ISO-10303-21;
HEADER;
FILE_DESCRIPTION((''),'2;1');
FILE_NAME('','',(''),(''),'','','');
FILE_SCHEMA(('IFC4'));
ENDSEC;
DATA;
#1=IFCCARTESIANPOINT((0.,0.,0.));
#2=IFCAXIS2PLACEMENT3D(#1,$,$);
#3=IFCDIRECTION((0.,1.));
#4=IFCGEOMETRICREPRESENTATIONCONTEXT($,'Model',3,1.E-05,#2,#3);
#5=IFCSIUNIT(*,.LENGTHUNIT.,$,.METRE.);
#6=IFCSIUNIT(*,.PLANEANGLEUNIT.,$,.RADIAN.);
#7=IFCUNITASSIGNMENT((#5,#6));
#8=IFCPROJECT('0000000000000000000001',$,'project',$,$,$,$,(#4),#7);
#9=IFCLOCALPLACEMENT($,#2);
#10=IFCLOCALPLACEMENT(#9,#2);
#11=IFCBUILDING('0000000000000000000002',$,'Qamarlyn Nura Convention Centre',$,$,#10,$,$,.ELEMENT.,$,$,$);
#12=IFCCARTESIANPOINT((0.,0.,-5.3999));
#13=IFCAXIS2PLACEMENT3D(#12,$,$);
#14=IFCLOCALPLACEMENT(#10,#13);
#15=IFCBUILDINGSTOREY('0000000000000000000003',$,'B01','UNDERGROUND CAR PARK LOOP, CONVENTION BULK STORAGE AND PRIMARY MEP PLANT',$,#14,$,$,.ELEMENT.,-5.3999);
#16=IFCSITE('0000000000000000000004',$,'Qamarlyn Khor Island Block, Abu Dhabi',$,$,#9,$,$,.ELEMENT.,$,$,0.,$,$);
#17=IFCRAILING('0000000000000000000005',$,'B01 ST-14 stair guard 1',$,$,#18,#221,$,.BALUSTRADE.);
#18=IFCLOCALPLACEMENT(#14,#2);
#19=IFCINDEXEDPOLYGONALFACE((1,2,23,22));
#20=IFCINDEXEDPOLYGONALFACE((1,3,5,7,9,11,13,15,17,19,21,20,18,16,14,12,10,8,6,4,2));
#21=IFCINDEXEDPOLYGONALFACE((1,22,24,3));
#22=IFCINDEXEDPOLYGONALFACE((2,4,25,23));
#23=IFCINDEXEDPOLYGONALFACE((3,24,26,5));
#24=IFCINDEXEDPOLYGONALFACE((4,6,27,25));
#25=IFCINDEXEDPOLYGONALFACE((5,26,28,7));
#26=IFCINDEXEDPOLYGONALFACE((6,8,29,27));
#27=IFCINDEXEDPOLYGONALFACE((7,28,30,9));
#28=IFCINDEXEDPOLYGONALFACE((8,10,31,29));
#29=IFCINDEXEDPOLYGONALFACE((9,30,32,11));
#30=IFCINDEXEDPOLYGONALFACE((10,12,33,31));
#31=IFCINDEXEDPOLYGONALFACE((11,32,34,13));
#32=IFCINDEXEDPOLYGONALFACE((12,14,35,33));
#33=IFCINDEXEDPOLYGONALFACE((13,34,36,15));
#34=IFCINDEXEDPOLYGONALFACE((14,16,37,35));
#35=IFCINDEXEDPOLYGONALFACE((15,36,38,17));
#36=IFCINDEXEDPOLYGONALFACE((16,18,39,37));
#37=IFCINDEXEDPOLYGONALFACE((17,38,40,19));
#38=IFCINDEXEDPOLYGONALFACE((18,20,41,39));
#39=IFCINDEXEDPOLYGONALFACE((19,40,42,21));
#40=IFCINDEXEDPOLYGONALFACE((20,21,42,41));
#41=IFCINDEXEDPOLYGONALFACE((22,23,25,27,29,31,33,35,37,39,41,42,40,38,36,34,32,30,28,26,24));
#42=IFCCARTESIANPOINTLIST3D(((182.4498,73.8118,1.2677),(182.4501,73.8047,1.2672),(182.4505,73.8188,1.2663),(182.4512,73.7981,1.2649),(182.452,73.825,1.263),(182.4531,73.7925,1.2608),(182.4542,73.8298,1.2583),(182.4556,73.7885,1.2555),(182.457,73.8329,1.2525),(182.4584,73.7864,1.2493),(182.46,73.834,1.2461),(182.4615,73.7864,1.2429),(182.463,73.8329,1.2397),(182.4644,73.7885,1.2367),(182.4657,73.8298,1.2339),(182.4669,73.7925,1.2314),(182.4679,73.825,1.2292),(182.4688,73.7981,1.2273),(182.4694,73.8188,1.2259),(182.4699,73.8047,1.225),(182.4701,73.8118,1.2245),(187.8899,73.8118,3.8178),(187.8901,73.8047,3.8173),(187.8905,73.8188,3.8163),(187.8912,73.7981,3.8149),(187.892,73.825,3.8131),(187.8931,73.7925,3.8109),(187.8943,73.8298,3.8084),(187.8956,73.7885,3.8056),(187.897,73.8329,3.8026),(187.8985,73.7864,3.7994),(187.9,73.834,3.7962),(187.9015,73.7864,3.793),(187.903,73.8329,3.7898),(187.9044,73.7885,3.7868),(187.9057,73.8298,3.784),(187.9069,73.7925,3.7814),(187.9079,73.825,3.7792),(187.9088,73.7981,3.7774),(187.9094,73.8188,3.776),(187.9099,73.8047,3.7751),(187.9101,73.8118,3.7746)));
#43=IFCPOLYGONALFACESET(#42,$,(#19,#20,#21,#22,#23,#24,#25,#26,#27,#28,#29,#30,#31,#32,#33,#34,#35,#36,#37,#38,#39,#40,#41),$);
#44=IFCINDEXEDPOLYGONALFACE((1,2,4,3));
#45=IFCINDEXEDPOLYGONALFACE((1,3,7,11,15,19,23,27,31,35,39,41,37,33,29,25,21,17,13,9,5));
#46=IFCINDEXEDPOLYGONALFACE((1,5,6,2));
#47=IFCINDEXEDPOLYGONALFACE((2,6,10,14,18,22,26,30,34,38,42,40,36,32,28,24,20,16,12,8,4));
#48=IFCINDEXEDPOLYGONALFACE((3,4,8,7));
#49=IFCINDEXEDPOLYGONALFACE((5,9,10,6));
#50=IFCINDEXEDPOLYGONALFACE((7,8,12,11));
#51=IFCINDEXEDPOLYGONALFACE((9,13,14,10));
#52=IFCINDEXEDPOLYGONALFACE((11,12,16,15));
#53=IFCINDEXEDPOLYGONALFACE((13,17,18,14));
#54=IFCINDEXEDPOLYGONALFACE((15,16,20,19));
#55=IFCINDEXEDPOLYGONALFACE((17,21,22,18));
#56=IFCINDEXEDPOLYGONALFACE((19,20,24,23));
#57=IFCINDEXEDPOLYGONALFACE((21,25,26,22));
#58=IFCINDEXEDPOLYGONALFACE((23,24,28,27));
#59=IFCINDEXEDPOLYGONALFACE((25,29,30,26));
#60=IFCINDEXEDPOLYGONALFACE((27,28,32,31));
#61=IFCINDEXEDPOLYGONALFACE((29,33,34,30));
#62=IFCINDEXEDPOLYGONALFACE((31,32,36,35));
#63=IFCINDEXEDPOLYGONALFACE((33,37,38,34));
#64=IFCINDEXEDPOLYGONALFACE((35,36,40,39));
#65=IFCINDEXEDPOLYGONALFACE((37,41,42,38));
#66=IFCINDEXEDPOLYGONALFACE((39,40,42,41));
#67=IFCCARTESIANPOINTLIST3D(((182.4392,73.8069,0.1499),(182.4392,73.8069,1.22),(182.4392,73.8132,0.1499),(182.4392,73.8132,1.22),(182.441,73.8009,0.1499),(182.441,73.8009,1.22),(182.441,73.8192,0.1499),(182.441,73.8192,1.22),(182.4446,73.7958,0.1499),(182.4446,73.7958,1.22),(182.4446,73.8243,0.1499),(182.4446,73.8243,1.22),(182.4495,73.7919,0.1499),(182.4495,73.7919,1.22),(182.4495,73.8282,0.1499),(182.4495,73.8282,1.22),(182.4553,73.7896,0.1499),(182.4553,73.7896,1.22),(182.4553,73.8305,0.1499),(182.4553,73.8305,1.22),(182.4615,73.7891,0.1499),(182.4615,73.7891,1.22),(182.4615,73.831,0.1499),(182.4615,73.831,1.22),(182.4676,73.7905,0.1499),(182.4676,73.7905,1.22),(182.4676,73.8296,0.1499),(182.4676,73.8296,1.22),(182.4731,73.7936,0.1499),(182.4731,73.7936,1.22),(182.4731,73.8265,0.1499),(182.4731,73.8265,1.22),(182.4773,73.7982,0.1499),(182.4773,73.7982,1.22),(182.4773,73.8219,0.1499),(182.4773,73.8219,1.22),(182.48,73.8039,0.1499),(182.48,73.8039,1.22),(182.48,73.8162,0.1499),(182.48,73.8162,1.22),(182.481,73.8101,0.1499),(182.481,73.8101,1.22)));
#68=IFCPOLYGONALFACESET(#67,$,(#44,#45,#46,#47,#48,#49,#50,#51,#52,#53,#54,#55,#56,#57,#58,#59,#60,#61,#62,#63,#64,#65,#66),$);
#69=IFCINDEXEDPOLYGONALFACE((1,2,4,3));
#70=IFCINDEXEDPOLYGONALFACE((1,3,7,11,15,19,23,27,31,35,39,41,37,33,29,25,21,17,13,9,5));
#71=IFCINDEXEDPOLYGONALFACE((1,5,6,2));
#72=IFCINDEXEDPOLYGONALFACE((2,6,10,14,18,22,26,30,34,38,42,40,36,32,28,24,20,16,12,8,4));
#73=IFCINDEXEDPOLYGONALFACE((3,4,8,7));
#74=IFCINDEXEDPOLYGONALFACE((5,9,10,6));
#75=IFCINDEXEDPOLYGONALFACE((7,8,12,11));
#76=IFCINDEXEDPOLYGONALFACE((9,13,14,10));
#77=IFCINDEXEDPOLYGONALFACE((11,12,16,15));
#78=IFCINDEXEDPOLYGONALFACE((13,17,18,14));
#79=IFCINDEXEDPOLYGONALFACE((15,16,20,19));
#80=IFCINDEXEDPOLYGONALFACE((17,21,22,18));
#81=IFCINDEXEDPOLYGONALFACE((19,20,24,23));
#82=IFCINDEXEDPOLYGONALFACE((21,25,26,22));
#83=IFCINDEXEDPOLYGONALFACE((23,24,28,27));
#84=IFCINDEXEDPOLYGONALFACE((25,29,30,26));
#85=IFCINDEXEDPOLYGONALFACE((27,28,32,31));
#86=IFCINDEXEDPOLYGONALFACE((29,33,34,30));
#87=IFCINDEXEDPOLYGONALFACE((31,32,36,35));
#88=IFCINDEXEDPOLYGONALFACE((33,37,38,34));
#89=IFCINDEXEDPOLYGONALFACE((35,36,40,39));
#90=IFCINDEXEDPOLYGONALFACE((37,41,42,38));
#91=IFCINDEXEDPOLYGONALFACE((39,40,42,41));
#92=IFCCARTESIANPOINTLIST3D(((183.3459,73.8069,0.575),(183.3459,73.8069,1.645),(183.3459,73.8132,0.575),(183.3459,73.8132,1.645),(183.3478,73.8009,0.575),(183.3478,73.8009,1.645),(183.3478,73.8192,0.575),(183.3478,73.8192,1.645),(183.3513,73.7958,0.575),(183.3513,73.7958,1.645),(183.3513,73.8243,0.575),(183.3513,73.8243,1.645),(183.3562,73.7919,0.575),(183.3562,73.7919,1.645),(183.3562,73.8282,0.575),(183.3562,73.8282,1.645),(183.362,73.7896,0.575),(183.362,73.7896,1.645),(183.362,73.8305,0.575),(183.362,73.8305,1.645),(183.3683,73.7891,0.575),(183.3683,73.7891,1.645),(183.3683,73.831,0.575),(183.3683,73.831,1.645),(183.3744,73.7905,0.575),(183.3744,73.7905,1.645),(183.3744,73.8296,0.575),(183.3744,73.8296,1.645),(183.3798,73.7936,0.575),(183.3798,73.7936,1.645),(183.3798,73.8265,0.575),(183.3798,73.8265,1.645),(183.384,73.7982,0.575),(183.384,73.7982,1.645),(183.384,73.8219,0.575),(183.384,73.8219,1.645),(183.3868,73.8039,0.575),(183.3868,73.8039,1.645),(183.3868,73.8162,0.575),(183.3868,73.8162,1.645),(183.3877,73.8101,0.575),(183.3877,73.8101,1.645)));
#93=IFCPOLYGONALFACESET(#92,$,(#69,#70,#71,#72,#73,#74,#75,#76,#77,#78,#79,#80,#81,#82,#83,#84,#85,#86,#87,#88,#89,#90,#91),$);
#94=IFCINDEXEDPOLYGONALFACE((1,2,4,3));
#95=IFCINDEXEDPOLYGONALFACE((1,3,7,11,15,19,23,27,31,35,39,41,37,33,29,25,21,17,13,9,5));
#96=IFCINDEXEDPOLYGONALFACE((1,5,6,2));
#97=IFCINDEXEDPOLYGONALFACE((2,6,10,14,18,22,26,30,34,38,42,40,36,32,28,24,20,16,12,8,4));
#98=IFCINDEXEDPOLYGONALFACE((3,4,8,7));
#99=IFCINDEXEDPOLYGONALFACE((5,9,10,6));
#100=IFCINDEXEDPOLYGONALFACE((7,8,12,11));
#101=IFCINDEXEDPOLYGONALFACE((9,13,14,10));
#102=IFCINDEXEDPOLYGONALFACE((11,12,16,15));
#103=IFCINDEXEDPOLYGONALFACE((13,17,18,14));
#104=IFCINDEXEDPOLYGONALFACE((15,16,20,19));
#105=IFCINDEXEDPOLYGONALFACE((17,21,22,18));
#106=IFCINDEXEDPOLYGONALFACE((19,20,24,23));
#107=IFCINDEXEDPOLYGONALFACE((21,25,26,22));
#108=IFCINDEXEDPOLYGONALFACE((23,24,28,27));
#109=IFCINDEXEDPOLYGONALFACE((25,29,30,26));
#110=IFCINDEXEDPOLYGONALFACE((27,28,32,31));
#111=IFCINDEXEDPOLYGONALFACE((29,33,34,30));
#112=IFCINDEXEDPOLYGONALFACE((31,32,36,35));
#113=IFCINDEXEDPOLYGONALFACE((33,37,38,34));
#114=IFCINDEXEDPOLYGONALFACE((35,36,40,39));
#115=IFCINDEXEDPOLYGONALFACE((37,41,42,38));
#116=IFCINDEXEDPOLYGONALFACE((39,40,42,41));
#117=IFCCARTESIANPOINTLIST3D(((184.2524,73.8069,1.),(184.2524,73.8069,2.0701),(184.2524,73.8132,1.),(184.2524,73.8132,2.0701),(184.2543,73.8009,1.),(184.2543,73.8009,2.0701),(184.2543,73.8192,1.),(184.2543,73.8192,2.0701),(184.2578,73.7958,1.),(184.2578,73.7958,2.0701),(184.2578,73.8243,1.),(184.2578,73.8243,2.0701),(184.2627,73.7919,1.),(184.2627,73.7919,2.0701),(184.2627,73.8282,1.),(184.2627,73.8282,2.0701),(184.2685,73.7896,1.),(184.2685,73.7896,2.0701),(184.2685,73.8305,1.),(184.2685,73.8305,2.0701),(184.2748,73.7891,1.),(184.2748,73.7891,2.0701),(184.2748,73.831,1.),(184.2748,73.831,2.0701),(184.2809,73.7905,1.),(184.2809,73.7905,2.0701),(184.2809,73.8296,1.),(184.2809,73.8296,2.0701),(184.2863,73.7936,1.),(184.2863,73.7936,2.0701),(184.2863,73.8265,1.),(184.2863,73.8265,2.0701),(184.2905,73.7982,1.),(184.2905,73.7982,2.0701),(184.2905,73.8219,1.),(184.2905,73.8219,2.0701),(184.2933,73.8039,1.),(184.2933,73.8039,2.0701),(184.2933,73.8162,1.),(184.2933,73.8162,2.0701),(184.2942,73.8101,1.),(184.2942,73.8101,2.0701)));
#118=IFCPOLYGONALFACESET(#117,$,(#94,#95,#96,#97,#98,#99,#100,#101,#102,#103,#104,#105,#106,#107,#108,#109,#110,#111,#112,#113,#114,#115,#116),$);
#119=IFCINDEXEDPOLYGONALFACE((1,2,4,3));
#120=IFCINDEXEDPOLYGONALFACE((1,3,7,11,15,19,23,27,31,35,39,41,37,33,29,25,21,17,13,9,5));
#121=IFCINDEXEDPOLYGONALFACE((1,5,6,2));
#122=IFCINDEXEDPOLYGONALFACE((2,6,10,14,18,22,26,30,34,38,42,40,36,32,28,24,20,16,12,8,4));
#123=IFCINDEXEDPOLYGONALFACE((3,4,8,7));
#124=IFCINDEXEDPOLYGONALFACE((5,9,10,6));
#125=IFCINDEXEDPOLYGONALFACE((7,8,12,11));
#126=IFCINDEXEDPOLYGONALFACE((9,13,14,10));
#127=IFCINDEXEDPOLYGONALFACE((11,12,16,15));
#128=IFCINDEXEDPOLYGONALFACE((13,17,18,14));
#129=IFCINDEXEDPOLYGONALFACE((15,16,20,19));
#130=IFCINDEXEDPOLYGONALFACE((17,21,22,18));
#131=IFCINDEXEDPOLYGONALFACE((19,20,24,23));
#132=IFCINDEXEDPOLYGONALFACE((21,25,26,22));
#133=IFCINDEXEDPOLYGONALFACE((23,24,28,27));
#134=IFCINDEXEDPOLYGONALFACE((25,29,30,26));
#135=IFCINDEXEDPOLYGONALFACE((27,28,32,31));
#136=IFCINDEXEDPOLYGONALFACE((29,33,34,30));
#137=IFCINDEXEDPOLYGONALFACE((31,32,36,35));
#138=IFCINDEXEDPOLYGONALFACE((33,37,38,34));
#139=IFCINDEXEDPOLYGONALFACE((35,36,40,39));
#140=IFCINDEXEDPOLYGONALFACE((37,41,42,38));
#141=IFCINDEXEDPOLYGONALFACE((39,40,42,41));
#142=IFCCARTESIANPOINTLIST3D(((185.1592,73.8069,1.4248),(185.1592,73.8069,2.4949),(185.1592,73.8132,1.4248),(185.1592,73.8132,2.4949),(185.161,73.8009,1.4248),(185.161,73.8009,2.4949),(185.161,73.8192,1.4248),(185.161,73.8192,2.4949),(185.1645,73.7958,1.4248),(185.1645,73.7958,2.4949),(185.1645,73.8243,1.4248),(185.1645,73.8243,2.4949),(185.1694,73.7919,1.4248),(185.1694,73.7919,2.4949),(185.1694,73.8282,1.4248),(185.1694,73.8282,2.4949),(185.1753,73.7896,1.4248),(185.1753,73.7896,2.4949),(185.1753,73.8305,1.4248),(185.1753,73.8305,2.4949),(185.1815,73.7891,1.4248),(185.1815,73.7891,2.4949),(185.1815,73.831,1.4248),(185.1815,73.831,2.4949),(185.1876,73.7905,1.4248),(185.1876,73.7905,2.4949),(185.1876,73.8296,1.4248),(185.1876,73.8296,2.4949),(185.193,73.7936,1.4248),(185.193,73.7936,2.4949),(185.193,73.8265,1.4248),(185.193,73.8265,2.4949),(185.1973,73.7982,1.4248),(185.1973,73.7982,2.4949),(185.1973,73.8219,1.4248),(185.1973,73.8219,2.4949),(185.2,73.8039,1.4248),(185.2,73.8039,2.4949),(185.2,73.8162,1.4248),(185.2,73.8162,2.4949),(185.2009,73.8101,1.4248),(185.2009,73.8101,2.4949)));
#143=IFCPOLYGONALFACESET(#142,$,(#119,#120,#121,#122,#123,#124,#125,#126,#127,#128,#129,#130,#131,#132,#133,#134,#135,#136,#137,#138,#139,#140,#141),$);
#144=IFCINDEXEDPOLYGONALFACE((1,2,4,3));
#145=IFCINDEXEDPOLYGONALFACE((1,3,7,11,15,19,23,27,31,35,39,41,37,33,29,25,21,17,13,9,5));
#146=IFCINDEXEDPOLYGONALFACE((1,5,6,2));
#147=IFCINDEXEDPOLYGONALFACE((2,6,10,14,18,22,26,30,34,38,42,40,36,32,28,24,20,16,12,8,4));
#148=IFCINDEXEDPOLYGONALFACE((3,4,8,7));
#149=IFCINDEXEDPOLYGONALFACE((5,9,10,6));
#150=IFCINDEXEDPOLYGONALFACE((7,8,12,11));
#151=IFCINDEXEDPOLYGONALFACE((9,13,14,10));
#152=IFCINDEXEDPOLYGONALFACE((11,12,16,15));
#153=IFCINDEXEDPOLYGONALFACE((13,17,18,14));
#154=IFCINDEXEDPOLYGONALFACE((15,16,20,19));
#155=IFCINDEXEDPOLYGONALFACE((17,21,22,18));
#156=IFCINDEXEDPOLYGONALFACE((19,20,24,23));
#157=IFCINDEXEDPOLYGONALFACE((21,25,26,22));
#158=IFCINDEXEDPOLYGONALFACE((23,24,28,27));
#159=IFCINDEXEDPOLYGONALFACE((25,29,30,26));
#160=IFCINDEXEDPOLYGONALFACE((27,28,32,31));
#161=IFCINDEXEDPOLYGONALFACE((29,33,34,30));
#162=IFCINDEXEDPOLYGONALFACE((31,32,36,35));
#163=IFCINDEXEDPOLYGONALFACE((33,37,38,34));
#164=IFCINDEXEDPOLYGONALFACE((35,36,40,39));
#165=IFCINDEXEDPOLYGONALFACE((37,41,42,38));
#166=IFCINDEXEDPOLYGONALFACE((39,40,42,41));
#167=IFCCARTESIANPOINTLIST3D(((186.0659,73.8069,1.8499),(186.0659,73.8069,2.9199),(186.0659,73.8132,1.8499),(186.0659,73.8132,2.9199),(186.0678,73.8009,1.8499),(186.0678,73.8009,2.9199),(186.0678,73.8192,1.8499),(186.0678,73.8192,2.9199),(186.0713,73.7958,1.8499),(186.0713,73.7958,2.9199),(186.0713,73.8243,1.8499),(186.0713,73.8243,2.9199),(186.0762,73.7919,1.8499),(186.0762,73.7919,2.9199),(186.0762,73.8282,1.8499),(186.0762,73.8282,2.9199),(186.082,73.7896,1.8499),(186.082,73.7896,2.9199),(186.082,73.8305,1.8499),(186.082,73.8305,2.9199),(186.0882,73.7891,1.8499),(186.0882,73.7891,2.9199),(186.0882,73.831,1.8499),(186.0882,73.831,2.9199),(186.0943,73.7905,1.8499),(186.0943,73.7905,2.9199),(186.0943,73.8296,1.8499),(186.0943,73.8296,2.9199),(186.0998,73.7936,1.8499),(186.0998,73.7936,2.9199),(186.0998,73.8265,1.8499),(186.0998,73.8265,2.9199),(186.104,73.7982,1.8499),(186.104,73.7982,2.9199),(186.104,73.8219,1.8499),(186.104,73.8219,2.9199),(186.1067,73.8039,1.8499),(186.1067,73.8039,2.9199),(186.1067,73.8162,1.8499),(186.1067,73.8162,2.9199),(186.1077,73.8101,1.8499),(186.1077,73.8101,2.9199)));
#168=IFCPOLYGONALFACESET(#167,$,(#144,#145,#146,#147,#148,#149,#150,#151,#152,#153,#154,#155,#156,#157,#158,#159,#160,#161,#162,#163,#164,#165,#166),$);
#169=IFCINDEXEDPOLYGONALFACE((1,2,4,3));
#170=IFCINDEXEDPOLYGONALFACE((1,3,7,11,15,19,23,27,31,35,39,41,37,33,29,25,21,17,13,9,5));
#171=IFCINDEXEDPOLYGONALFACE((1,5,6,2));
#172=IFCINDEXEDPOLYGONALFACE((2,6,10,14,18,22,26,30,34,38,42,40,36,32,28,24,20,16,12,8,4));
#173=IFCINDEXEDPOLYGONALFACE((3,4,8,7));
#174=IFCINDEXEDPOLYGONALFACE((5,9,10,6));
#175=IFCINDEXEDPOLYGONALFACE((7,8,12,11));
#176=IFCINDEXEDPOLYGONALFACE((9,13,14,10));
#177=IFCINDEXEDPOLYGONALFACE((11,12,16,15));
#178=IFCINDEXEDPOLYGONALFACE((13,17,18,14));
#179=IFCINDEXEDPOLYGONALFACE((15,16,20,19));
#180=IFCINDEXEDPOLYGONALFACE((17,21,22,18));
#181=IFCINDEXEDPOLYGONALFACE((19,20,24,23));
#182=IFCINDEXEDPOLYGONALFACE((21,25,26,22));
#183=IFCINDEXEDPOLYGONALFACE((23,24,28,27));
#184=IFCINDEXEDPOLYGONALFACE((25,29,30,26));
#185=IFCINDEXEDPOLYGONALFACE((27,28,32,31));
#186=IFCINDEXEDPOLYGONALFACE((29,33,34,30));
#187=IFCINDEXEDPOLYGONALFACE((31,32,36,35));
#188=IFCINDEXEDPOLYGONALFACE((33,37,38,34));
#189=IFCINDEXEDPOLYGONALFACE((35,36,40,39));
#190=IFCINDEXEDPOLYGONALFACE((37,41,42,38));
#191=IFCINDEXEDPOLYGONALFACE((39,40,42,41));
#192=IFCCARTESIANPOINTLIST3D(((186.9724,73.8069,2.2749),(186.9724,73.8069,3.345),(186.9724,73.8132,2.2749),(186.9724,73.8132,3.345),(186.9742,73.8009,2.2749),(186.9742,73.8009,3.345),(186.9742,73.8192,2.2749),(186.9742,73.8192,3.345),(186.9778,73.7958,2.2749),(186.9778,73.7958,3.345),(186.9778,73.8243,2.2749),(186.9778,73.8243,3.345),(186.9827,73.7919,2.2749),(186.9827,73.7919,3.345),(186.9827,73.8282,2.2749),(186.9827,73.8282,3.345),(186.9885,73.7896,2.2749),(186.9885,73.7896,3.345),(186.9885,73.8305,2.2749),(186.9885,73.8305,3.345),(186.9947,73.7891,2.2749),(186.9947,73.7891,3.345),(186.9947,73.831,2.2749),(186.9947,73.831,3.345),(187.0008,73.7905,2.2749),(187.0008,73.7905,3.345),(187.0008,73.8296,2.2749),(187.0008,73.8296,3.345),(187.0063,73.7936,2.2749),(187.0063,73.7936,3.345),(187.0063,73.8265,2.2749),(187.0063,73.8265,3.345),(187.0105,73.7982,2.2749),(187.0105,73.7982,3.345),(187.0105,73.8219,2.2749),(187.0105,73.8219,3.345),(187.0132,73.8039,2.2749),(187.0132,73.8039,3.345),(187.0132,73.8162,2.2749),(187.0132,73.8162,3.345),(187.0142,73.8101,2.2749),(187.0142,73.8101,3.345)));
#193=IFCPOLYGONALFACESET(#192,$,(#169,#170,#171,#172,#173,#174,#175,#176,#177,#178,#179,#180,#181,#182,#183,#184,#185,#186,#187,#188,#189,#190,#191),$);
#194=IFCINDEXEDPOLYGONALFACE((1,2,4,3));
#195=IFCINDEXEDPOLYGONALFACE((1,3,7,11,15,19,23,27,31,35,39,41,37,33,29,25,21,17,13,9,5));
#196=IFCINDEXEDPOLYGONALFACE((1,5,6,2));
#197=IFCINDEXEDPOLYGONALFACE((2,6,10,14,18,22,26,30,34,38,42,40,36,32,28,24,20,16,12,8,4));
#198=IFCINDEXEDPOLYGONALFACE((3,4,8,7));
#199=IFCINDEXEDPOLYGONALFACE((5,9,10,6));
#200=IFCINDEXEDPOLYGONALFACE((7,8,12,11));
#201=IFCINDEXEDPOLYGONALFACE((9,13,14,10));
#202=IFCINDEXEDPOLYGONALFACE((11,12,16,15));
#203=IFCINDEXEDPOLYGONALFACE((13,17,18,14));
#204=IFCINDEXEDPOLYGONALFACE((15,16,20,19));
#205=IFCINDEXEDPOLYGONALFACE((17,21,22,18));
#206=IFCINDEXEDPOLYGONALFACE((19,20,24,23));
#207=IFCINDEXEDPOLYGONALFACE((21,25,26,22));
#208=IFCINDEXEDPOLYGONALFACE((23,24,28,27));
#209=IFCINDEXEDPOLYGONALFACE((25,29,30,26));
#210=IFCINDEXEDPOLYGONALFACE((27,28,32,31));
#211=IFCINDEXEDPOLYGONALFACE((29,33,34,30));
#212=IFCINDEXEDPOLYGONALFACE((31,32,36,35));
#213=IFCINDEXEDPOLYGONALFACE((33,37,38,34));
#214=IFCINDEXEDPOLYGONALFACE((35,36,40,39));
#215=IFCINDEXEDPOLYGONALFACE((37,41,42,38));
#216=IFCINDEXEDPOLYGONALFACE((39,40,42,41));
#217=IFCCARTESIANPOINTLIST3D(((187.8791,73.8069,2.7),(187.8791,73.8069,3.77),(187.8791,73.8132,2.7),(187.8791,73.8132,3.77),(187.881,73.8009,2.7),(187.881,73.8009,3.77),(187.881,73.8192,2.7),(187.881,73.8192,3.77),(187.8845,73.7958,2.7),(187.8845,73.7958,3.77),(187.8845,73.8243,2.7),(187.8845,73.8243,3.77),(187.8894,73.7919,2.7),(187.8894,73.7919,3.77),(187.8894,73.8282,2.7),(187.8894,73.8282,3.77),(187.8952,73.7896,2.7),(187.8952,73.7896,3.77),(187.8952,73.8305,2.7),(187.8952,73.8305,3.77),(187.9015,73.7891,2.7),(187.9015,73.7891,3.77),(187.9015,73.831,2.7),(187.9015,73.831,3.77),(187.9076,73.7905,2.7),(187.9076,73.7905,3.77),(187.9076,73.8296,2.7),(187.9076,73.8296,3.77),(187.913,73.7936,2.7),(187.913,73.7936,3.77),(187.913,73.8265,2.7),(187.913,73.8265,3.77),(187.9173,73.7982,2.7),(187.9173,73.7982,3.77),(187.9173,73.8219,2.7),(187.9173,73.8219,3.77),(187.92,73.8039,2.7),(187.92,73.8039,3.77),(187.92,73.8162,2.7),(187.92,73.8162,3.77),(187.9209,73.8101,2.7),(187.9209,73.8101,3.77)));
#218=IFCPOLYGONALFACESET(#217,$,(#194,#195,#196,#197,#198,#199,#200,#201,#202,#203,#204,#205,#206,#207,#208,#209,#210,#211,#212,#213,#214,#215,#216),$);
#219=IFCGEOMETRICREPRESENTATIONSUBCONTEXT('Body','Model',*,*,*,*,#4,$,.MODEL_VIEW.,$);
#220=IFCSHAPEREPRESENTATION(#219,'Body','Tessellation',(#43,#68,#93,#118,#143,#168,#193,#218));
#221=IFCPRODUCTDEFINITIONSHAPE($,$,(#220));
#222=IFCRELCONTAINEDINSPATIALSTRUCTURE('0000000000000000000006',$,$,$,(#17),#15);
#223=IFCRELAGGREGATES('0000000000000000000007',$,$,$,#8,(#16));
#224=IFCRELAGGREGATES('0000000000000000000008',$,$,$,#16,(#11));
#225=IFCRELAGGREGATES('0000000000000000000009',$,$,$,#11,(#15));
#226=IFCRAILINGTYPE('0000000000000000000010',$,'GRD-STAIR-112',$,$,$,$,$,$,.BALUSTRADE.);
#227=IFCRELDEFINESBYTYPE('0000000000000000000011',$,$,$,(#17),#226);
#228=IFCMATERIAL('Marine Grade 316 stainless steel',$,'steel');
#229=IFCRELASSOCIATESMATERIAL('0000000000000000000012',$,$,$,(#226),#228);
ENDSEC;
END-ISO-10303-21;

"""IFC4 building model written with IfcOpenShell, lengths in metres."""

from ifc_helpers import new_model, si_unit, direction, frame, origin, origin_2d, place, context, subcontext, project, spatial, circle, extrude, material, type_object, element, save


model = new_model("IFC4")

# Units and contexts
model_context = context("Model", 3, precision=1e-05, world=origin(), true_north=direction((0.0, 1.0)))
body_context = subcontext(model_context, "Body", "Model", "MODEL_VIEW")
ifc_project = project(units=[si_unit("LENGTHUNIT", "METRE"), si_unit("PLANEANGLEUNIT", "RADIAN")], contexts=[model_context])

# Site, building, storey
site_placement = place(None, origin())
site = spatial("IfcSite", under=ifc_project, at=site_placement, Name="Qamarlyn Khor Island Block, Abu Dhabi", CompositionType="ELEMENT", RefElevation=0.0)
building_placement = place(site_placement, origin())
building = spatial("IfcBuilding", under=site, at=building_placement, Name="Qamarlyn Nura Convention Centre", CompositionType="ELEMENT")
storey_placement = place(building_placement, frame((0.0, 0.0, -5.3999)))
storey = spatial("IfcBuildingStorey", under=building, at=storey_placement, Name="B01", Description="UNDERGROUND CAR PARK LOOP, CONVENTION BULK STORAGE AND PRIMARY MEP PLANT", CompositionType="ELEMENT", Elevation=-5.3999)

# Railing
ifc_material_1 = material(Name="Marine Grade 316 stainless steel", Category="steel")
railing_type_1 = type_object("IfcRailingType", Name="GRD-STAIR-112", PredefinedType="BALUSTRADE", material=ifc_material_1)
railing_1_placement = place(storey_placement, frame((182.46, 73.8101, 0.1499)))
element("IfcRailing", 1, at=railing_1_placement, inside=storey, type_object=railing_type_1, Name="B01 ST-14 stair guard 1", PredefinedType="BALUSTRADE", context=body_context, shape_type="SweptSolid", body=[
    extrude(circle(Radius=0.0239, at=origin_2d()), frame((0.0, 0.0, 1.0962), z_axis=(0.905454, 0.0, 0.424444), x_axis=(0.0, 1.0, 0.0)), (0.0, 0.0, 1.0), 6.0081),
    extrude(circle(Radius=0.021, at=origin_2d()), origin(), (0.0, 0.0, 1.0), 1.0701),
    extrude(circle(Radius=0.021, at=origin_2d()), frame((0.9067, 0.0, 0.425)), (0.0, 0.0, 1.0), 1.0701),
    extrude(circle(Radius=0.021, at=origin_2d()), frame((1.8132, 0.0, 0.8501)), (0.0, 0.0, 1.0), 1.0701),
    extrude(circle(Radius=0.021, at=origin_2d()), frame((2.72, 0.0, 1.2749)), (0.0, 0.0, 1.0), 1.0701),
    extrude(circle(Radius=0.021, at=origin_2d()), frame((3.6267, 0.0, 1.7)), (0.0, 0.0, 1.0), 1.0701),
    extrude(circle(Radius=0.021, at=origin_2d()), frame((4.5332, 0.0, 2.125)), (0.0, 0.0, 1.0), 1.0701),
    extrude(circle(Radius=0.021, at=origin_2d()), frame((5.4399, 0.0, 2.55)), (0.0, 0.0, 1.0), 1.0701),
])

save(model, "model.ifc")
